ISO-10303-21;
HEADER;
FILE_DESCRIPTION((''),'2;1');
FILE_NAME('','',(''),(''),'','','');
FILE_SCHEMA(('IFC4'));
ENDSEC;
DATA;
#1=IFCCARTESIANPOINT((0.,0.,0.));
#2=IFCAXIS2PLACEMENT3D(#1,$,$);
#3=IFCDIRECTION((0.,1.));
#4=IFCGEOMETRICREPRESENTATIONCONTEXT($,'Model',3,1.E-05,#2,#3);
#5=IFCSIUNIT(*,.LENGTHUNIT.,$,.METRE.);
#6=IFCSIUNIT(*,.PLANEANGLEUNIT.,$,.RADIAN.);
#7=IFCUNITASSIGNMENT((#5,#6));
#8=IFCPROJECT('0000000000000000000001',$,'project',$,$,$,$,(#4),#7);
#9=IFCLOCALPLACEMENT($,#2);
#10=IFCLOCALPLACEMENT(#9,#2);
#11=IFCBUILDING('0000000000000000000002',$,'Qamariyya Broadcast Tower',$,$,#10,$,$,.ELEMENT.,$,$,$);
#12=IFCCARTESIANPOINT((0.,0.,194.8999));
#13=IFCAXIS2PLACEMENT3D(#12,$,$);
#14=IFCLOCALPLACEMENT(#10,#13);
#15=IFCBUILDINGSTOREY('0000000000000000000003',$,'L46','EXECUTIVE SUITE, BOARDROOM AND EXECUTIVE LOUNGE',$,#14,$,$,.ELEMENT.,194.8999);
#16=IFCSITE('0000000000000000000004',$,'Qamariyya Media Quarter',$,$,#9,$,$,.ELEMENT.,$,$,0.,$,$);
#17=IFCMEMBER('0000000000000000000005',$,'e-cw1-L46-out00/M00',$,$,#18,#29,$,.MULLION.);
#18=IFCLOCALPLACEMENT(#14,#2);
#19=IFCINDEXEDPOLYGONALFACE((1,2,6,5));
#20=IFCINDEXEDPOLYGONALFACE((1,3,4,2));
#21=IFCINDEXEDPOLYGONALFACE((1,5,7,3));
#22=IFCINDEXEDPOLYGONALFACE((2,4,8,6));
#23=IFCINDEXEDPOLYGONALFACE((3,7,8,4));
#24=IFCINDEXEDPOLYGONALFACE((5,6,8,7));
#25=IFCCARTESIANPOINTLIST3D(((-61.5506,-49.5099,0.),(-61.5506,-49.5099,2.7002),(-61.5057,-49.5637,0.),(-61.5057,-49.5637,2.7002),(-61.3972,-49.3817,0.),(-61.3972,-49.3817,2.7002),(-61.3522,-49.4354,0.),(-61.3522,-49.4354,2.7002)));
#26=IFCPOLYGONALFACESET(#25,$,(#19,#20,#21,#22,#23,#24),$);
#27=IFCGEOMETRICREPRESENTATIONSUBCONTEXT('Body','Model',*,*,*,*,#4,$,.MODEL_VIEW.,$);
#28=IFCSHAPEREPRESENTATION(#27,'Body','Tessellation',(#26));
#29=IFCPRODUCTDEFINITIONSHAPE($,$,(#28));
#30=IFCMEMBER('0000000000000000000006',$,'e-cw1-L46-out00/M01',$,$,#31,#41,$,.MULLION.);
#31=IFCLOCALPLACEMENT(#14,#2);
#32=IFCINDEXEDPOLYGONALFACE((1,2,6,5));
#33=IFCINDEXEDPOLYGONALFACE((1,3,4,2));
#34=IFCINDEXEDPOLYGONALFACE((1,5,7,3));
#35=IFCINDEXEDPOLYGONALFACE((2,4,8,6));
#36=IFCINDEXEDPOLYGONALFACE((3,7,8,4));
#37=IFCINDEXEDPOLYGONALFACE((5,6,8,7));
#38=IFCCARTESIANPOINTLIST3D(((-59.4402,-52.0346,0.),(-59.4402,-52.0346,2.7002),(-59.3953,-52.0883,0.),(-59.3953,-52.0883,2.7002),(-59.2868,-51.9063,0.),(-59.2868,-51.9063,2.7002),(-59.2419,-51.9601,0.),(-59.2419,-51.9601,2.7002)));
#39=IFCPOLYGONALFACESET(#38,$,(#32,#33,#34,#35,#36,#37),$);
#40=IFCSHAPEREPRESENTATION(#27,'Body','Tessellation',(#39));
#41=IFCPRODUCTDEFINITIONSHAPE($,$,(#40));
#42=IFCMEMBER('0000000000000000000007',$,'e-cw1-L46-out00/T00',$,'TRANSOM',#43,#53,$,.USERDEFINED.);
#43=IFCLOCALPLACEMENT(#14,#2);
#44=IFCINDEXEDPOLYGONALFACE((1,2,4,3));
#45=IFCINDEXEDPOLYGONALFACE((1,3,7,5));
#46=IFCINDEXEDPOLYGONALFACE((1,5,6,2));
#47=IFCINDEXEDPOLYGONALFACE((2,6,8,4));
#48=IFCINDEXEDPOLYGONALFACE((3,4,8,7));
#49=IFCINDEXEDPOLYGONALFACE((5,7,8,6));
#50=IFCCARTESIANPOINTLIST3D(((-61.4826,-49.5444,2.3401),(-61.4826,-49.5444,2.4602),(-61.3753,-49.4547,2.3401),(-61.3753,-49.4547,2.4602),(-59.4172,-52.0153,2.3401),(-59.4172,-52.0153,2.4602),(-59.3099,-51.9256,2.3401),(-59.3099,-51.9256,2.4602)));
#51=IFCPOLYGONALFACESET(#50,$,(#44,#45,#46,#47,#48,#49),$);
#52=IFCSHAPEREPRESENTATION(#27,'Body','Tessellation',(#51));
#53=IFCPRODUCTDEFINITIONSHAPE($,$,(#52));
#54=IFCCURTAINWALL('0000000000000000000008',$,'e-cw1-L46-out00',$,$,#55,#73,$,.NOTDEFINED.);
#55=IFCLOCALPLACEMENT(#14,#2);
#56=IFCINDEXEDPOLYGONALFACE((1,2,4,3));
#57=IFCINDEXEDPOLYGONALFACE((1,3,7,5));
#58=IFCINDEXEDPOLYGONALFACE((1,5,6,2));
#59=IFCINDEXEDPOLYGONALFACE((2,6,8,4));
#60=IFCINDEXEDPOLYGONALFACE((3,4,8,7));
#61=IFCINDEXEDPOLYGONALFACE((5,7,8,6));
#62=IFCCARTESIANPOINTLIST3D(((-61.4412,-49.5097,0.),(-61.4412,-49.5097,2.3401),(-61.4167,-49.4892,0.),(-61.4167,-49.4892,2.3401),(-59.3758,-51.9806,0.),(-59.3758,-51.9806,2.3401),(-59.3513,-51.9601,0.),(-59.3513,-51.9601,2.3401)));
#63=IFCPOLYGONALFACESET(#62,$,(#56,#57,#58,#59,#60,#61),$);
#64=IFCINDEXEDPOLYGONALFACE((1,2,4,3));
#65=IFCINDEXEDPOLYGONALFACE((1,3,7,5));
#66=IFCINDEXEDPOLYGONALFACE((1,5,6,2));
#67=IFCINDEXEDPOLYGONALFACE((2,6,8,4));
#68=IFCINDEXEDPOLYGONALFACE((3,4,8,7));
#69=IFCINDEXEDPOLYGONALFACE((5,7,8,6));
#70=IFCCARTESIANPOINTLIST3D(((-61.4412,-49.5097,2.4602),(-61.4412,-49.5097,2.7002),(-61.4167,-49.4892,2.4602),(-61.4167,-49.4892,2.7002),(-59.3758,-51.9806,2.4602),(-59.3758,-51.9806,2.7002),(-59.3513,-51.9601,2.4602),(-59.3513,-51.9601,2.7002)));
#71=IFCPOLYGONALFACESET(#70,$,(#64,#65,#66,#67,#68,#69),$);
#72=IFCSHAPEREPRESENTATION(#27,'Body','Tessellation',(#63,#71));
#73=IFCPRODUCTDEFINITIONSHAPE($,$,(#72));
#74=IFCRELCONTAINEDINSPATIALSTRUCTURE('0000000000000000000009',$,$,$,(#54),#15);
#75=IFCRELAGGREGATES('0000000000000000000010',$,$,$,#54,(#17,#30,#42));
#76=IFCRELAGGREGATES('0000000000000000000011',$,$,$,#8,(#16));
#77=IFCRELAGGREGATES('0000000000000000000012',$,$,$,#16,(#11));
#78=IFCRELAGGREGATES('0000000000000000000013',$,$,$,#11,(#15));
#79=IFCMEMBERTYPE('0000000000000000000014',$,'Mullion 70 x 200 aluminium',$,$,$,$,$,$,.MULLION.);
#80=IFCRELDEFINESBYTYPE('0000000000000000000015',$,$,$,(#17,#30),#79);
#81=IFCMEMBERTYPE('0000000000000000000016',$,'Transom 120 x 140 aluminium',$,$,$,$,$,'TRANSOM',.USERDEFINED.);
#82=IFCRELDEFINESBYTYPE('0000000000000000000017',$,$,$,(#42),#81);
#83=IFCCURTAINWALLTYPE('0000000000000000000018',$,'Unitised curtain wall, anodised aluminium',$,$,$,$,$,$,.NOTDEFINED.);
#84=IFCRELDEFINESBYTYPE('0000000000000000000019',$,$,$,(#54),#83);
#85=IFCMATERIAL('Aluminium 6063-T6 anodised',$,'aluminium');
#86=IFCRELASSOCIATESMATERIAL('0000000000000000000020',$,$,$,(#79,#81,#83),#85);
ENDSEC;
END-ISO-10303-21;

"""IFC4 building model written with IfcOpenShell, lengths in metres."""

from ifc_helpers import new_model, si_unit, direction, frame, origin, origin_2d, place, context, subcontext, project, spatial, rectangle, extrude, material, material_profile, profile_set, type_object, element, aggregate, save


model = new_model("IFC4")

# Units and contexts
model_context = context("Model", 3, precision=1e-05, world=origin(), true_north=direction((0.0, 1.0)))
body_context = subcontext(model_context, "Body", "Model", "MODEL_VIEW")
ifc_project = project(units=[si_unit("LENGTHUNIT", "METRE"), si_unit("PLANEANGLEUNIT", "RADIAN")], contexts=[model_context])

# Members
ifc_material_1 = material(Name="Aluminium 6063-T6 anodised", Category="aluminium")
ifc_material_profile_1 = material_profile(ifc_material_1, rectangle(XDim=0.2, YDim=0.0701, at=origin_2d()))
ifc_profile_set_1 = profile_set([ifc_material_profile_1], Name="Aluminium 6063-T6 anodised")
member_type_1 = type_object("IfcMemberType", Name="Mullion 70 x 200 aluminium", PredefinedType="MULLION", material=ifc_profile_set_1)
site_placement = place(None, origin())
building_placement = place(site_placement, origin())
storey_placement = place(building_placement, frame((0.0, 0.0, 194.8999)))
member_1_placement = place(storey_placement, frame((-61.4514, -49.4727, 0.0), z_axis=(0.0, 0.0, 1.0), x_axis=(0.767258, 0.641338, 0.0)))
member_1 = element("IfcMember", 1, at=member_1_placement, type_object=member_type_1, Name="e-cw1-L46-out00/M00", PredefinedType="MULLION", context=body_context, shape_type="SweptSolid", body=[
    extrude(rectangle(XDim=0.2, YDim=0.0701, at=origin_2d()), origin(), (0.0, 0.0, 1.0), 2.7002),
])
member_2_placement = place(storey_placement, frame((-59.3411, -51.9973, 0.0), z_axis=(0.0, 0.0, 1.0), x_axis=(0.767258, 0.641338, 0.0)))
member_2 = element("IfcMember", 2, at=member_2_placement, type_object=member_type_1, Name="e-cw1-L46-out00/M01", PredefinedType="MULLION", context=body_context, shape_type="SweptSolid", body=[
    extrude(rectangle(XDim=0.2, YDim=0.0701, at=origin_2d()), origin(), (0.0, 0.0, 1.0), 2.7002),
])
ifc_material_profile_2 = material_profile(ifc_material_1, rectangle(XDim=0.1399, YDim=0.1201, at=origin_2d()))
ifc_profile_set_2 = profile_set([ifc_material_profile_2], Name="Aluminium 6063-T6 anodised")
member_type_2 = type_object("IfcMemberType", Name="Transom 120 x 140 aluminium", ElementType="TRANSOM", PredefinedType="USERDEFINED", material=ifc_profile_set_2)
member_3_placement = place(storey_placement, frame((-61.429, -49.4995, 2.4001), z_axis=(0.641339, -0.767257, 0.0), x_axis=(0.767257, 0.641339, 0.0)))
member_3 = element("IfcMember", 3, at=member_3_placement, type_object=member_type_2, Name="e-cw1-L46-out00/T00", ObjectType="TRANSOM", PredefinedType="USERDEFINED", context=body_context, shape_type="SweptSolid", body=[
    extrude(rectangle(XDim=0.1399, YDim=0.1201, at=origin_2d()), origin(), (0.0, 0.0, 1.0), 3.2205),
])

# Site, building, storey
site = spatial("IfcSite", under=ifc_project, at=site_placement, Name="Qamariyya Media Quarter", CompositionType="ELEMENT", RefElevation=0.0)
building = spatial("IfcBuilding", under=site, at=building_placement, Name="Qamariyya Broadcast Tower", CompositionType="ELEMENT")
storey = spatial("IfcBuildingStorey", under=building, at=storey_placement, Name="L46", Description="EXECUTIVE SUITE, BOARDROOM AND EXECUTIVE LOUNGE", CompositionType="ELEMENT", Elevation=194.8999)

# Curtain wall
curtain_wall_type = type_object("IfcCurtainWallType", Name="Unitised curtain wall, anodised aluminium", PredefinedType="NOTDEFINED", material=ifc_material_1)
curtain_wall_1_placement = place(storey_placement, origin())
curtain_wall_1 = element("IfcCurtainWall", 4, at=curtain_wall_1_placement, inside=storey, type_object=curtain_wall_type, Name="e-cw1-L46-out00", PredefinedType="NOTDEFINED", context=body_context, shape_type="SweptSolid", body=[
    extrude(rectangle(XDim=3.2205, YDim=0.032, at=origin_2d()), frame((-60.3962, -50.7349, 0.0), x_axis=(0.641348, -0.76725, 0.0)), (0.0, 0.0, 1.0), 2.3401),
    extrude(rectangle(XDim=3.2205, YDim=0.032, at=origin_2d()), frame((-60.3962, -50.7349, 2.4602), x_axis=(0.641348, -0.76725, 0.0)), (0.0, 0.0, 1.0), 0.24),
])
aggregate(curtain_wall_1, [member_1, member_2, member_3])

save(model, "model.ifc")
